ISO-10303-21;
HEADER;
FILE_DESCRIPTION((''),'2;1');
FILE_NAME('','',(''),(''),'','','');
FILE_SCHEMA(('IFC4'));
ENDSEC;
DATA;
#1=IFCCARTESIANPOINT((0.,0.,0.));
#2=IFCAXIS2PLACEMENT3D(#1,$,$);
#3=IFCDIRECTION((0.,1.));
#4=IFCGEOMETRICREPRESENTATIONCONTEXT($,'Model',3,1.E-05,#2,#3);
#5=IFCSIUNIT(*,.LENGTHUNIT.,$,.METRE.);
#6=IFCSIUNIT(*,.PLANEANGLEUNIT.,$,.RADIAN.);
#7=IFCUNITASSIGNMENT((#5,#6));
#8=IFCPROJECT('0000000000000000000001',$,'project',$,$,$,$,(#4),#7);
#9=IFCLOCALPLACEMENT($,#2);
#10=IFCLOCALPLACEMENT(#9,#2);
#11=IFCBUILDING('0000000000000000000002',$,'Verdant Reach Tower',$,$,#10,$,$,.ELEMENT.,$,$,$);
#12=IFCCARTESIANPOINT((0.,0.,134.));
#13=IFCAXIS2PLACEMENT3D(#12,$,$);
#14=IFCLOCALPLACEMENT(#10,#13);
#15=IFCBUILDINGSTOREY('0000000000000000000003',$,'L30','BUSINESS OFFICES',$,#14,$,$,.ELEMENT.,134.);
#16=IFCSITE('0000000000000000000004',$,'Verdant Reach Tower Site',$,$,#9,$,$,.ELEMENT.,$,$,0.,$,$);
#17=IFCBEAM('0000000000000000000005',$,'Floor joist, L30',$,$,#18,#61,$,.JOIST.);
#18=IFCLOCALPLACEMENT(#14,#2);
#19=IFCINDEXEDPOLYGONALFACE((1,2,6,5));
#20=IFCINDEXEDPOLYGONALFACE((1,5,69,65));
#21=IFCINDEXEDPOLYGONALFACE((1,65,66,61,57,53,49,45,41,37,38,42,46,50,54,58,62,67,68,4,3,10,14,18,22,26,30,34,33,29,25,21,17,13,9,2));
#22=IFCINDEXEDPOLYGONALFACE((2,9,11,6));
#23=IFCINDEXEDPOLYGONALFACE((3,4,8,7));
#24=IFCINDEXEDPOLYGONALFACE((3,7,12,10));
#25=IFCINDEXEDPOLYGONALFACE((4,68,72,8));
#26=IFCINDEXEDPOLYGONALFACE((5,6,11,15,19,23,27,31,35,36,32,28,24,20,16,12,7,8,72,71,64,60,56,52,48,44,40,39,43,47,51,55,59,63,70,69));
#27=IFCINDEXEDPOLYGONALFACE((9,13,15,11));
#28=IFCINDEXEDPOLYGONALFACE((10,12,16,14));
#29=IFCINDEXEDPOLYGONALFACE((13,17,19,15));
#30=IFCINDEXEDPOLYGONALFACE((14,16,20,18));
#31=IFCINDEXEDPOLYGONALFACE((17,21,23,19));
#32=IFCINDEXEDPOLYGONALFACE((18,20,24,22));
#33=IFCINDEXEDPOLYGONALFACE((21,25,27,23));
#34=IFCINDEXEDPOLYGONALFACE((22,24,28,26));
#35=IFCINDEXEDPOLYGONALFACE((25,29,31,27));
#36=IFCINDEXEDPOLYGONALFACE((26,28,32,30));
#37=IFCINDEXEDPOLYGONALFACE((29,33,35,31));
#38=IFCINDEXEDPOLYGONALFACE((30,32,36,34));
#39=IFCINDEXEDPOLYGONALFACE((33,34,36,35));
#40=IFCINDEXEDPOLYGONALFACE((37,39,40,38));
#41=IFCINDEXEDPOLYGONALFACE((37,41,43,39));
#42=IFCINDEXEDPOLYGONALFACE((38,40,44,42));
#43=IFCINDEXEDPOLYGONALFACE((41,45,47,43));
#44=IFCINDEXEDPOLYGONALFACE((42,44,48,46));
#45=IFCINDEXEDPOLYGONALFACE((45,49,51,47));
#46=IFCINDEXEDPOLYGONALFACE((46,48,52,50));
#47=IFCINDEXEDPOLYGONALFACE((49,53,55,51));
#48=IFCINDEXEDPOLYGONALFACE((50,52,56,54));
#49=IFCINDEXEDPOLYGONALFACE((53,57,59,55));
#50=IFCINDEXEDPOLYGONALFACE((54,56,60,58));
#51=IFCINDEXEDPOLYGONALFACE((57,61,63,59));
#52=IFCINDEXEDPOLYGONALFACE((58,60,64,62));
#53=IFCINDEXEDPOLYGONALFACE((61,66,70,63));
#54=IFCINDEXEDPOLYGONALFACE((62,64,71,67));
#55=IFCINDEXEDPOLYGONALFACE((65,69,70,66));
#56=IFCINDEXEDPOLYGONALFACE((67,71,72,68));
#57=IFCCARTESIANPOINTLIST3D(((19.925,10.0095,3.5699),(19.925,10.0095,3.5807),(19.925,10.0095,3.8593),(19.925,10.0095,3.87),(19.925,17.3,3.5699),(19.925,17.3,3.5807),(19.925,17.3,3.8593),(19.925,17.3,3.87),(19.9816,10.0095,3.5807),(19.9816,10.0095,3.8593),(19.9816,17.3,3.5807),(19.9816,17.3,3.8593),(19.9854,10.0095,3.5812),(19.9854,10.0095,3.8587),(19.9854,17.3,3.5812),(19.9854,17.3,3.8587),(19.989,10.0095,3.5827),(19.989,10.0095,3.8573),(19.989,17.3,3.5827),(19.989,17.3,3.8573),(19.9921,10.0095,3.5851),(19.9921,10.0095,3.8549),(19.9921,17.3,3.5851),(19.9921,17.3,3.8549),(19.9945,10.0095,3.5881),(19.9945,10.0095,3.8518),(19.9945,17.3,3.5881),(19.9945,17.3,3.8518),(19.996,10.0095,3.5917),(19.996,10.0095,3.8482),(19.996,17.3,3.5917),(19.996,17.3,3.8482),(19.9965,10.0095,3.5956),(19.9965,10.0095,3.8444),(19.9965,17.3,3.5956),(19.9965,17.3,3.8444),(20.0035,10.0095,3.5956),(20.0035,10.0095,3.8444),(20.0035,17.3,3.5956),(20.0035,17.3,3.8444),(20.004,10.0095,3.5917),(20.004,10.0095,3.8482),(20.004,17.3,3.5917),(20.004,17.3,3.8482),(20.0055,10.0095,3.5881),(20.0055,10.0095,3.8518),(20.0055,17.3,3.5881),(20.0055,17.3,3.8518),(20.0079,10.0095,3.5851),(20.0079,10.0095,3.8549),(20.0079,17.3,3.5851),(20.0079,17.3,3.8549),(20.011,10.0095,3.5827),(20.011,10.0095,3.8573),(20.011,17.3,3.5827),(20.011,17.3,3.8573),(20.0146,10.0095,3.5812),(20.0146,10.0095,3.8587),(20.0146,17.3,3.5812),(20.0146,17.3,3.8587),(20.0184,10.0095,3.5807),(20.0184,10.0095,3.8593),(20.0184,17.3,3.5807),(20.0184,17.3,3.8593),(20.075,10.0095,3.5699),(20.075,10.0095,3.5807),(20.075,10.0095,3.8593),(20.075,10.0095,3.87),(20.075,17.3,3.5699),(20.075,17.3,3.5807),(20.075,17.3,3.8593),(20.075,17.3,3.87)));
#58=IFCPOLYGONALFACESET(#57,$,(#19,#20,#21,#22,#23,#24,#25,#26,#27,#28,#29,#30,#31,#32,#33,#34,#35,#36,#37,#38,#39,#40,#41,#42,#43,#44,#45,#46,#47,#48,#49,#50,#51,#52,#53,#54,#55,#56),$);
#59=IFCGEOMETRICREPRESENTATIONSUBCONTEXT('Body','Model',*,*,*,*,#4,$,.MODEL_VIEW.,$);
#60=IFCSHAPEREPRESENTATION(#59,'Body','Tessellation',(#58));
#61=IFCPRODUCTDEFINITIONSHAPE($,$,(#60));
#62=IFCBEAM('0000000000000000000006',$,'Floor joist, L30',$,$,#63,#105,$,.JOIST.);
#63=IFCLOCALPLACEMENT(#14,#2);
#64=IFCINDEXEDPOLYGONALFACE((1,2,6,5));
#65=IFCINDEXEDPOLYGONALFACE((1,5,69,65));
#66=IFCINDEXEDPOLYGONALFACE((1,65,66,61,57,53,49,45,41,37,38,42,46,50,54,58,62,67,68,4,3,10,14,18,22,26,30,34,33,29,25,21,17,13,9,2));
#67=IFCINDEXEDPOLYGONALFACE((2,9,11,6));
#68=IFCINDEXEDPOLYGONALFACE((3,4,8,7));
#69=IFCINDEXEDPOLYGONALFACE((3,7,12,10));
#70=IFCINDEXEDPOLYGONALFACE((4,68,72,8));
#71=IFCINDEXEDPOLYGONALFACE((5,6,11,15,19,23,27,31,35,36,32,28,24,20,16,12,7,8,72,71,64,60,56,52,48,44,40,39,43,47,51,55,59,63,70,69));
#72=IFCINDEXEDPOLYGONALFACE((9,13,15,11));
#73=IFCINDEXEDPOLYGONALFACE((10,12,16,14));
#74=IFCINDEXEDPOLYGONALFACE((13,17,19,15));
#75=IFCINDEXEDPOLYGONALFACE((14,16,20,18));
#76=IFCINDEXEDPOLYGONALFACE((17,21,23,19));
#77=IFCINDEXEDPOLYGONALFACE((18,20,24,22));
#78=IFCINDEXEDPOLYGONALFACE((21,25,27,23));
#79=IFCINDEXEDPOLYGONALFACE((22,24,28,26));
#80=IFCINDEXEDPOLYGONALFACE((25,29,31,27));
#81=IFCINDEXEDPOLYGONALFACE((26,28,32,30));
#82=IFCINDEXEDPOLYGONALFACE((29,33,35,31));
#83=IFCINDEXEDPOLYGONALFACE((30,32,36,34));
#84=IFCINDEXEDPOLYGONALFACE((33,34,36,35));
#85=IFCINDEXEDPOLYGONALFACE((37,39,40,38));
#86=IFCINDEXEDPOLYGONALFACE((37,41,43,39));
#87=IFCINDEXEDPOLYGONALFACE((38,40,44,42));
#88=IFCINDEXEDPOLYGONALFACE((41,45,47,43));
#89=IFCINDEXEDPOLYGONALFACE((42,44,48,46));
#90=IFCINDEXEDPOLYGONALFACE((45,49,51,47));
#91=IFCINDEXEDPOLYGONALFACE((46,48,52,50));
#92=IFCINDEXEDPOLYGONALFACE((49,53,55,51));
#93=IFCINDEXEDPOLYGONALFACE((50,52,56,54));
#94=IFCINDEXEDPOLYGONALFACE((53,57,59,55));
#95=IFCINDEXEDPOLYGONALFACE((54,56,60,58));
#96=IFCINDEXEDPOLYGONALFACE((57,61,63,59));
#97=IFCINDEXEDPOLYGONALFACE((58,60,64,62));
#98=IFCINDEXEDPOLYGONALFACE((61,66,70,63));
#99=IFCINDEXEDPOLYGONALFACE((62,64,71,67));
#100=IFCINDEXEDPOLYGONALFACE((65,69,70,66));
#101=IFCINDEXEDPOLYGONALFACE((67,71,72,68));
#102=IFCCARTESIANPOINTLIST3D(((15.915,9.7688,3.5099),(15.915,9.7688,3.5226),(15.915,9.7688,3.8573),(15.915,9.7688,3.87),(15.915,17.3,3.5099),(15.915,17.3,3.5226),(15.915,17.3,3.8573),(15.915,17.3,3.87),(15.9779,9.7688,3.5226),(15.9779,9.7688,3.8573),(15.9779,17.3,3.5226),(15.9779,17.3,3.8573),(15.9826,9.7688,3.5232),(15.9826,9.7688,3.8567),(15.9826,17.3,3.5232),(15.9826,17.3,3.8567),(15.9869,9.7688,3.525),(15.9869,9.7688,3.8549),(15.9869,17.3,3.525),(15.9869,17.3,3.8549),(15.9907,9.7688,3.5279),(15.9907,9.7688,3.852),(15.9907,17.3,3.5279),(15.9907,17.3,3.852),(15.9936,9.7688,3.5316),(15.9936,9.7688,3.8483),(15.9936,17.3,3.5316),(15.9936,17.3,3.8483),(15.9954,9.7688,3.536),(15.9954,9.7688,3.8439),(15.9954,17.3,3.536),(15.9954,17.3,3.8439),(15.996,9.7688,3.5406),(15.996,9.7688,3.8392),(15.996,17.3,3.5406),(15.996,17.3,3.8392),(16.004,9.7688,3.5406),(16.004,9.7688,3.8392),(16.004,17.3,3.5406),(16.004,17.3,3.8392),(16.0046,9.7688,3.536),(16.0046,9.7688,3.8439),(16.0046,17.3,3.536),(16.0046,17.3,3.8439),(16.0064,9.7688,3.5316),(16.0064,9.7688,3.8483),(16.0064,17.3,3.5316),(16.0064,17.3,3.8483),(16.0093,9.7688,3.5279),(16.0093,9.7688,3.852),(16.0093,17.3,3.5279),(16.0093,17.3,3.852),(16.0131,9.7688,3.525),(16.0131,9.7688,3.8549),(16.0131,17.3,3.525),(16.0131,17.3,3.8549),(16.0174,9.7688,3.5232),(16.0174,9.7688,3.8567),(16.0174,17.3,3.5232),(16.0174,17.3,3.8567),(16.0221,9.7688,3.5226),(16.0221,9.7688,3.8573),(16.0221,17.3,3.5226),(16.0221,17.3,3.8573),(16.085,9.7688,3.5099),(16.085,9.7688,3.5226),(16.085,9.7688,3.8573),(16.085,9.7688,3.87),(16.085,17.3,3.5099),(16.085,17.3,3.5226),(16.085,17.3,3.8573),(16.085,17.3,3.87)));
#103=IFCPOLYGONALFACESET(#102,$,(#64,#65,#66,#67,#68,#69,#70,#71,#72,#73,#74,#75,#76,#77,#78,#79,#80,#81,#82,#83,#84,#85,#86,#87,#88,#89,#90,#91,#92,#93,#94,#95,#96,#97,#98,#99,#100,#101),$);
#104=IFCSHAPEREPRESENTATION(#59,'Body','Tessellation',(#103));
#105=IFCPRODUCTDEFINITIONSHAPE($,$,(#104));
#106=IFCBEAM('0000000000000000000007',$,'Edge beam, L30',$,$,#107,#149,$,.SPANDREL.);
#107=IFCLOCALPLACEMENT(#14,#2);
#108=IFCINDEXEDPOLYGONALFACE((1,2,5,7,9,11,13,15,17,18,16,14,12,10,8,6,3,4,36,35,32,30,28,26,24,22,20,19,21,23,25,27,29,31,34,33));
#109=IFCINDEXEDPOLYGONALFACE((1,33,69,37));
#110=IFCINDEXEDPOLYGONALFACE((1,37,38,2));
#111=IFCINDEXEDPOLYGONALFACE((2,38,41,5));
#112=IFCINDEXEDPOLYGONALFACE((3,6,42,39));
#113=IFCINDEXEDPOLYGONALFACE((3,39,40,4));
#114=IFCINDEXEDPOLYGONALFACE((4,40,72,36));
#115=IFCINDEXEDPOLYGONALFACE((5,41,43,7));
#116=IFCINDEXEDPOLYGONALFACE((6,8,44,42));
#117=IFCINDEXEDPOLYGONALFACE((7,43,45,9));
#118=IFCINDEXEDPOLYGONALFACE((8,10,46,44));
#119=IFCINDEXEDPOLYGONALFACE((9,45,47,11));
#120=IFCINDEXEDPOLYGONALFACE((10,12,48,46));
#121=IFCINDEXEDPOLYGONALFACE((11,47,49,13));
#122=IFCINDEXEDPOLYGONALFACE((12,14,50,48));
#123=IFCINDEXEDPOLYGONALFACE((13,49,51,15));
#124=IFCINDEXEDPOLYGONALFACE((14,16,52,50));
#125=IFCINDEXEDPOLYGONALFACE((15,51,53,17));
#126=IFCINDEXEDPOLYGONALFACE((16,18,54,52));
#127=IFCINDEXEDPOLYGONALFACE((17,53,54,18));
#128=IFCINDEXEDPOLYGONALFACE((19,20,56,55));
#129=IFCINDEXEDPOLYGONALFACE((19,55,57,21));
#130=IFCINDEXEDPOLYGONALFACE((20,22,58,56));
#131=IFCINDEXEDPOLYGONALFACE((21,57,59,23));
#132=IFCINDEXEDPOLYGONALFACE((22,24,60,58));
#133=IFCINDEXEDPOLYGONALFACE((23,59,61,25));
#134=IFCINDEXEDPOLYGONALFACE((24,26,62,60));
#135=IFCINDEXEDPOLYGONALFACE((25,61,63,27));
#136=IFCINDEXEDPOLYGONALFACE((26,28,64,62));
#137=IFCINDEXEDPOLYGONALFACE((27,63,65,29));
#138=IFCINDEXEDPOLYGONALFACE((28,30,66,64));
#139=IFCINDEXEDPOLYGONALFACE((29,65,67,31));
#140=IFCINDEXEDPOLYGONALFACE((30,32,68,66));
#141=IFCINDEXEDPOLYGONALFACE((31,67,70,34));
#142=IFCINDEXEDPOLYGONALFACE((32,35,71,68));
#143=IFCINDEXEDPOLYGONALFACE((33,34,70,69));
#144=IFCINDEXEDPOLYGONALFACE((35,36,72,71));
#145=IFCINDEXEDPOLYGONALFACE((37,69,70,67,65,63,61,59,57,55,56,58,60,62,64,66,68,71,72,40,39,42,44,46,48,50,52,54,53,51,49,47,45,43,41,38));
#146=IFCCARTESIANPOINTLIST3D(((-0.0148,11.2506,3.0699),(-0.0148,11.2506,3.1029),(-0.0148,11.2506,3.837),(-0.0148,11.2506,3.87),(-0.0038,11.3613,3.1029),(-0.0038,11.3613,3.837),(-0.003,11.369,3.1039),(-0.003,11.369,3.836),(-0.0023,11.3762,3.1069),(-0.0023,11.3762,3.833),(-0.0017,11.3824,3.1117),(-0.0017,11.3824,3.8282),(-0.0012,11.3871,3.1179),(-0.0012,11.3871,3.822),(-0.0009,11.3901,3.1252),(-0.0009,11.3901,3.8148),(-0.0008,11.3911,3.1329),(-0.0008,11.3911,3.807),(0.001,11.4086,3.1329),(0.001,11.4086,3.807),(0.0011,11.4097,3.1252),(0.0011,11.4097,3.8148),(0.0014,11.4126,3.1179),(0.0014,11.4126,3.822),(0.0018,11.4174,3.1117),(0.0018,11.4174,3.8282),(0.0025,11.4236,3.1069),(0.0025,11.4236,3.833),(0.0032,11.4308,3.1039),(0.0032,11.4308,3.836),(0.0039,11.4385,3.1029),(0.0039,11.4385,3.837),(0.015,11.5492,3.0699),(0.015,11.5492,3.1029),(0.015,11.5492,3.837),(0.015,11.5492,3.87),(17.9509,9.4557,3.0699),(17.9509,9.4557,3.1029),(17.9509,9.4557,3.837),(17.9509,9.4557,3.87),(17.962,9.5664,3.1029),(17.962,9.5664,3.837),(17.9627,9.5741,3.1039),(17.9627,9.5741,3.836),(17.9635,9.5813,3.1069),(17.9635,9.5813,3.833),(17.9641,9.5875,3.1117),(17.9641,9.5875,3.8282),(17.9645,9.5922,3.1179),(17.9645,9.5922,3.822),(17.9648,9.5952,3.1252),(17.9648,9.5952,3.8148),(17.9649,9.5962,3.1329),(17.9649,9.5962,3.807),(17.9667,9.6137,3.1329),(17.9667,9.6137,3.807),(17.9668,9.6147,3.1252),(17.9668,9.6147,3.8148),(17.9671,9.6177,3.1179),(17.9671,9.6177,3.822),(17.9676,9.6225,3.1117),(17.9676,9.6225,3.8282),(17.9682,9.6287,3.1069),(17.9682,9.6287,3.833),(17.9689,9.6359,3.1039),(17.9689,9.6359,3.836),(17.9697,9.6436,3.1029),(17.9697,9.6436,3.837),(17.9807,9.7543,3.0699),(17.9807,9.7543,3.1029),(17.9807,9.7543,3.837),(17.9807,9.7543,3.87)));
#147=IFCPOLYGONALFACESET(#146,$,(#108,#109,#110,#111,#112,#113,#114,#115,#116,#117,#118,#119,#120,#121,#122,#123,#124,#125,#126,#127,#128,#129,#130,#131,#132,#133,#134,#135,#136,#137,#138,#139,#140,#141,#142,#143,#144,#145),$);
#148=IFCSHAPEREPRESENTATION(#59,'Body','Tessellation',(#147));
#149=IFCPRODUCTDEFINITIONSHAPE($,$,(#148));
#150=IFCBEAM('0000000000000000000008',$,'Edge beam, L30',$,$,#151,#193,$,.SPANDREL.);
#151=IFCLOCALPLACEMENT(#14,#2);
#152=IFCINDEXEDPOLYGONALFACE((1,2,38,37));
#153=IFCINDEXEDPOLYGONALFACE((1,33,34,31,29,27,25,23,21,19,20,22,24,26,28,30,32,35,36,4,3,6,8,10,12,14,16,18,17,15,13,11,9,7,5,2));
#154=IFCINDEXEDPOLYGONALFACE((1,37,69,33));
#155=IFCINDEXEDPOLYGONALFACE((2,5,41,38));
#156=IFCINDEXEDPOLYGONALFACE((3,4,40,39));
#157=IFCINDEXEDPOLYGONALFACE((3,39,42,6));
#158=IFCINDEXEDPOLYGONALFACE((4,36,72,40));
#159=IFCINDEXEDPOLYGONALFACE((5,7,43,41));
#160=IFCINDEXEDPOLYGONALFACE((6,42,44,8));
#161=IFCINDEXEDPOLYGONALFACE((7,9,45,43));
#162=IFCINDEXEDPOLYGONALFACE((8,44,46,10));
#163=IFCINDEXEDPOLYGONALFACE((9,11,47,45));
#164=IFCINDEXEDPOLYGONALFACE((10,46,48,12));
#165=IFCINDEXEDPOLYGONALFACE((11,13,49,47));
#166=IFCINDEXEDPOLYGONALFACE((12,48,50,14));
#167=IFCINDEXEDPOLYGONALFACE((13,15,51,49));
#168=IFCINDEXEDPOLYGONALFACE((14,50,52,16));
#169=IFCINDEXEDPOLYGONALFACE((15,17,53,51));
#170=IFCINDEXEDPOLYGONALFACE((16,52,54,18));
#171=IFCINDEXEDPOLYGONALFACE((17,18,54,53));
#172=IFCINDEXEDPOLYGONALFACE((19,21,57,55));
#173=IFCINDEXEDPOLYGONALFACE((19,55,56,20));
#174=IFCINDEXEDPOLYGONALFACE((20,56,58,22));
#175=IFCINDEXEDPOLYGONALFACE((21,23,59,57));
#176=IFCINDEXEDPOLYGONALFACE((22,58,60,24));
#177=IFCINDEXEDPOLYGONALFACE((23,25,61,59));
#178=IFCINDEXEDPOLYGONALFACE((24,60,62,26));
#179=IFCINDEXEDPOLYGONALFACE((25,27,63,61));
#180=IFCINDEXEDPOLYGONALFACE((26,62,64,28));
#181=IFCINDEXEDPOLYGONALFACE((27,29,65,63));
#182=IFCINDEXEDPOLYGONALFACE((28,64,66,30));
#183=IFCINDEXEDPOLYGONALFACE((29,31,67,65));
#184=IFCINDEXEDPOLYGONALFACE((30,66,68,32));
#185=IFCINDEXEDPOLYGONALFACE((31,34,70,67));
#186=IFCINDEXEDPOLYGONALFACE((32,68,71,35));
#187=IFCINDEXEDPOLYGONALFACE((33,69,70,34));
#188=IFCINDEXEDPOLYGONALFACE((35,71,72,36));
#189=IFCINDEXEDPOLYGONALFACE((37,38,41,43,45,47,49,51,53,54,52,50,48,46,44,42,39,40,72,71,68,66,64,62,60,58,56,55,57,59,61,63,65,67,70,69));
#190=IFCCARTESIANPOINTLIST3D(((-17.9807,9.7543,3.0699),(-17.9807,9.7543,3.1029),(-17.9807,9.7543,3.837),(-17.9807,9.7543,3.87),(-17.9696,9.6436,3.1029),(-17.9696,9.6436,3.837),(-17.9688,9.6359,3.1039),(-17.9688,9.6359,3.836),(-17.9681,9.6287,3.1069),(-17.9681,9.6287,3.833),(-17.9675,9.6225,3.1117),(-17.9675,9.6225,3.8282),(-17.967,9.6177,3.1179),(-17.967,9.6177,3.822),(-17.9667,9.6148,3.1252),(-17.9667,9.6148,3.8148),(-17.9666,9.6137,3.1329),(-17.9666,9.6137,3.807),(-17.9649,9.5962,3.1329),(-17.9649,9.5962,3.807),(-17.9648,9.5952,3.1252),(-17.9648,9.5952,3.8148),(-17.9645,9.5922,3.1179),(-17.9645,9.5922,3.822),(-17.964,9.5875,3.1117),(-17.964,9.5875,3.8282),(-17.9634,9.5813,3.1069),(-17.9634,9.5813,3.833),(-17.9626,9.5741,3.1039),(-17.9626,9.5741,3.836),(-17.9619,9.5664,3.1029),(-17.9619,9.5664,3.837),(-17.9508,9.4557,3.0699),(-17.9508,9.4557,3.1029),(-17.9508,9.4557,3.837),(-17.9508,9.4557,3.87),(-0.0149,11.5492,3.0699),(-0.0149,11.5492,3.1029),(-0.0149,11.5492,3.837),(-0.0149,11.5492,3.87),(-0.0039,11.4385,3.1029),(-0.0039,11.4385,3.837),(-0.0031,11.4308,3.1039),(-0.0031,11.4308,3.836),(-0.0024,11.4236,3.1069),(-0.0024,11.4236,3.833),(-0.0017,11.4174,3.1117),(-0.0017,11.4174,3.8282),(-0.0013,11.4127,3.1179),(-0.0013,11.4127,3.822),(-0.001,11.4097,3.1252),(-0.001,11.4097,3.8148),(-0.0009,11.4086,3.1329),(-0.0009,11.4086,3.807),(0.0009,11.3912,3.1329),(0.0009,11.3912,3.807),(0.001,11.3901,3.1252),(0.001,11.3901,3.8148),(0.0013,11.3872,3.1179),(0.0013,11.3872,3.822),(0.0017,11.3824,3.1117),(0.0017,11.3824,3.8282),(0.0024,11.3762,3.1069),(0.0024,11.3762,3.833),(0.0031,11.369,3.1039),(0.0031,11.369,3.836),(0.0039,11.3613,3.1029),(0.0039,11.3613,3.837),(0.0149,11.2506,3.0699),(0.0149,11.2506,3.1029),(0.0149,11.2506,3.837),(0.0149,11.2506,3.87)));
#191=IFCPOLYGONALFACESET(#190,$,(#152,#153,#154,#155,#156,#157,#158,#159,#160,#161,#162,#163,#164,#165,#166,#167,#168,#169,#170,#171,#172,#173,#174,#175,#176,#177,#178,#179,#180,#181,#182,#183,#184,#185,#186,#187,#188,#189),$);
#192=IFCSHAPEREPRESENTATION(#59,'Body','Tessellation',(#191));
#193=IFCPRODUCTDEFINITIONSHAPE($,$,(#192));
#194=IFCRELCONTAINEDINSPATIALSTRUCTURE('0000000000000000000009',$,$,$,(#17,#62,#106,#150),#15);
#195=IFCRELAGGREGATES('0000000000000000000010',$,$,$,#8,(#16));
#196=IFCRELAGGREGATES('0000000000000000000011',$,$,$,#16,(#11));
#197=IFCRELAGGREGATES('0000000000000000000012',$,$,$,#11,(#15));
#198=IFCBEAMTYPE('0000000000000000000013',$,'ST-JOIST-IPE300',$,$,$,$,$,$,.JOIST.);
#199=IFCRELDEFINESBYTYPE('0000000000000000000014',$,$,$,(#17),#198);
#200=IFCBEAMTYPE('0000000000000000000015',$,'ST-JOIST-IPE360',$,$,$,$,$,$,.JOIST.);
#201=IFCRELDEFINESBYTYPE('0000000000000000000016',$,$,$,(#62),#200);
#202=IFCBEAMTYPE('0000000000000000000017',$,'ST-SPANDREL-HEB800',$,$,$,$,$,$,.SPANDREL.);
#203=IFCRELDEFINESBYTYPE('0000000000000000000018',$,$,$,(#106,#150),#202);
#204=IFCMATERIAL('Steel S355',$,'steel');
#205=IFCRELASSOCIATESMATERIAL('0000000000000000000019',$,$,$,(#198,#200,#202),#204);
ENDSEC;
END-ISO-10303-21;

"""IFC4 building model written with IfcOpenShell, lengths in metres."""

from ifc_helpers import new_model, si_unit, direction, frame, origin, origin_2d, place, context, subcontext, project, spatial, i_section, extrude, material, material_profile, profile_set, type_object, element, save


model = new_model("IFC4")

# Units and contexts
model_context = context("Model", 3, precision=1e-05, world=origin(), true_north=direction((0.0, 1.0)))
body_context = subcontext(model_context, "Body", "Model", "MODEL_VIEW")
ifc_project = project(units=[si_unit("LENGTHUNIT", "METRE"), si_unit("PLANEANGLEUNIT", "RADIAN")], contexts=[model_context])

# Site, building, storey
site_placement = place(None, origin())
site = spatial("IfcSite", under=ifc_project, at=site_placement, Name="Verdant Reach Tower Site", CompositionType="ELEMENT", RefElevation=0.0)
building_placement = place(site_placement, origin())
building = spatial("IfcBuilding", under=site, at=building_placement, Name="Verdant Reach Tower", CompositionType="ELEMENT")
storey_placement = place(building_placement, frame((0.0, 0.0, 134.0)))
storey = spatial("IfcBuildingStorey", under=building, at=storey_placement, Name="L30", Description="BUSINESS OFFICES", CompositionType="ELEMENT", Elevation=134.0)

# Beams
ifc_material_1 = material(Name="Steel S355", Category="steel")
ifc_material_profile_1 = material_profile(ifc_material_1, i_section(OverallWidth=0.1499, OverallDepth=0.3, WebThickness=0.0071, FlangeThickness=0.0107, FilletRadius=0.0149, at=origin_2d()), Name="IPE 300")
ifc_profile_set_1 = profile_set([ifc_material_profile_1], Name="Steel S355")
beam_type_1 = type_object("IfcBeamType", Name="ST-JOIST-IPE300", PredefinedType="JOIST", material=ifc_profile_set_1)
beam_1_placement = place(storey_placement, frame((20.0, 17.3, 3.72), z_axis=(0.0, -1.0, 0.0), x_axis=(1.0, 0.0, 0.0)))
element("IfcBeam", 1, at=beam_1_placement, inside=storey, type_object=beam_type_1, Name="Floor joist, L30", PredefinedType="JOIST", context=body_context, shape_type="SweptSolid", body=[
    extrude(i_section(OverallWidth=0.1499, OverallDepth=0.3, WebThickness=0.0071, FlangeThickness=0.0107, FilletRadius=0.0149, at=origin_2d()), origin(), (0.0, 0.0, 1.0), 7.2905),
])
ifc_material_profile_2 = material_profile(ifc_material_1, i_section(OverallWidth=0.1699, OverallDepth=0.3601, WebThickness=0.0081, FlangeThickness=0.0127, FilletRadius=0.0181, at=origin_2d()), Name="IPE 360")
ifc_profile_set_2 = profile_set([ifc_material_profile_2], Name="Steel S355")
beam_type_2 = type_object("IfcBeamType", Name="ST-JOIST-IPE360", PredefinedType="JOIST", material=ifc_profile_set_2)
beam_2_placement = place(storey_placement, frame((16.0, 17.3, 3.6899), z_axis=(0.0, -1.0, 0.0), x_axis=(1.0, 0.0, 0.0)))
element("IfcBeam", 2, at=beam_2_placement, inside=storey, type_object=beam_type_2, Name="Floor joist, L30", PredefinedType="JOIST", context=body_context, shape_type="SweptSolid", body=[
    extrude(i_section(OverallWidth=0.1699, OverallDepth=0.3601, WebThickness=0.0081, FlangeThickness=0.0127, FilletRadius=0.0181, at=origin_2d()), origin(), (0.0, 0.0, 1.0), 7.5312),
])
ifc_material_profile_3 = material_profile(ifc_material_1, i_section(OverallWidth=0.3, OverallDepth=0.8, WebThickness=0.0176, FlangeThickness=0.033, FilletRadius=0.03, at=origin_2d()), Name="HEB 800")
ifc_profile_set_3 = profile_set([ifc_material_profile_3], Name="Steel S355")
beam_type_3 = type_object("IfcBeamType", Name="ST-SPANDREL-HEB800", PredefinedType="SPANDREL", material=ifc_profile_set_3)
for number, where, z_axis, x_axis, name in (
    (3, (17.9658, 9.605, 3.47), (-0.995046, 0.099413, 0.0), (-0.099413, -0.995046, 0.0), "Edge beam, L30"),
    (4, (0.0, 11.3999, 3.47), (-0.995046, -0.099413, 0.0), (0.099413, -0.995046, 0.0), "Edge beam, L30"),
):
    element("IfcBeam", number, at=place(storey_placement, frame(where, z_axis=z_axis, x_axis=x_axis)), inside=storey, type_object=beam_type_3, Name=name, PredefinedType="SPANDREL", context=body_context, shape_type="SweptSolid", body=[
        extrude(i_section(OverallWidth=0.3, OverallDepth=0.8, WebThickness=0.0176, FlangeThickness=0.033, FilletRadius=0.03, at=origin_2d()), origin(), (0.0, 0.0, 1.0), 18.0552),
    ])

save(model, "model.ifc")
